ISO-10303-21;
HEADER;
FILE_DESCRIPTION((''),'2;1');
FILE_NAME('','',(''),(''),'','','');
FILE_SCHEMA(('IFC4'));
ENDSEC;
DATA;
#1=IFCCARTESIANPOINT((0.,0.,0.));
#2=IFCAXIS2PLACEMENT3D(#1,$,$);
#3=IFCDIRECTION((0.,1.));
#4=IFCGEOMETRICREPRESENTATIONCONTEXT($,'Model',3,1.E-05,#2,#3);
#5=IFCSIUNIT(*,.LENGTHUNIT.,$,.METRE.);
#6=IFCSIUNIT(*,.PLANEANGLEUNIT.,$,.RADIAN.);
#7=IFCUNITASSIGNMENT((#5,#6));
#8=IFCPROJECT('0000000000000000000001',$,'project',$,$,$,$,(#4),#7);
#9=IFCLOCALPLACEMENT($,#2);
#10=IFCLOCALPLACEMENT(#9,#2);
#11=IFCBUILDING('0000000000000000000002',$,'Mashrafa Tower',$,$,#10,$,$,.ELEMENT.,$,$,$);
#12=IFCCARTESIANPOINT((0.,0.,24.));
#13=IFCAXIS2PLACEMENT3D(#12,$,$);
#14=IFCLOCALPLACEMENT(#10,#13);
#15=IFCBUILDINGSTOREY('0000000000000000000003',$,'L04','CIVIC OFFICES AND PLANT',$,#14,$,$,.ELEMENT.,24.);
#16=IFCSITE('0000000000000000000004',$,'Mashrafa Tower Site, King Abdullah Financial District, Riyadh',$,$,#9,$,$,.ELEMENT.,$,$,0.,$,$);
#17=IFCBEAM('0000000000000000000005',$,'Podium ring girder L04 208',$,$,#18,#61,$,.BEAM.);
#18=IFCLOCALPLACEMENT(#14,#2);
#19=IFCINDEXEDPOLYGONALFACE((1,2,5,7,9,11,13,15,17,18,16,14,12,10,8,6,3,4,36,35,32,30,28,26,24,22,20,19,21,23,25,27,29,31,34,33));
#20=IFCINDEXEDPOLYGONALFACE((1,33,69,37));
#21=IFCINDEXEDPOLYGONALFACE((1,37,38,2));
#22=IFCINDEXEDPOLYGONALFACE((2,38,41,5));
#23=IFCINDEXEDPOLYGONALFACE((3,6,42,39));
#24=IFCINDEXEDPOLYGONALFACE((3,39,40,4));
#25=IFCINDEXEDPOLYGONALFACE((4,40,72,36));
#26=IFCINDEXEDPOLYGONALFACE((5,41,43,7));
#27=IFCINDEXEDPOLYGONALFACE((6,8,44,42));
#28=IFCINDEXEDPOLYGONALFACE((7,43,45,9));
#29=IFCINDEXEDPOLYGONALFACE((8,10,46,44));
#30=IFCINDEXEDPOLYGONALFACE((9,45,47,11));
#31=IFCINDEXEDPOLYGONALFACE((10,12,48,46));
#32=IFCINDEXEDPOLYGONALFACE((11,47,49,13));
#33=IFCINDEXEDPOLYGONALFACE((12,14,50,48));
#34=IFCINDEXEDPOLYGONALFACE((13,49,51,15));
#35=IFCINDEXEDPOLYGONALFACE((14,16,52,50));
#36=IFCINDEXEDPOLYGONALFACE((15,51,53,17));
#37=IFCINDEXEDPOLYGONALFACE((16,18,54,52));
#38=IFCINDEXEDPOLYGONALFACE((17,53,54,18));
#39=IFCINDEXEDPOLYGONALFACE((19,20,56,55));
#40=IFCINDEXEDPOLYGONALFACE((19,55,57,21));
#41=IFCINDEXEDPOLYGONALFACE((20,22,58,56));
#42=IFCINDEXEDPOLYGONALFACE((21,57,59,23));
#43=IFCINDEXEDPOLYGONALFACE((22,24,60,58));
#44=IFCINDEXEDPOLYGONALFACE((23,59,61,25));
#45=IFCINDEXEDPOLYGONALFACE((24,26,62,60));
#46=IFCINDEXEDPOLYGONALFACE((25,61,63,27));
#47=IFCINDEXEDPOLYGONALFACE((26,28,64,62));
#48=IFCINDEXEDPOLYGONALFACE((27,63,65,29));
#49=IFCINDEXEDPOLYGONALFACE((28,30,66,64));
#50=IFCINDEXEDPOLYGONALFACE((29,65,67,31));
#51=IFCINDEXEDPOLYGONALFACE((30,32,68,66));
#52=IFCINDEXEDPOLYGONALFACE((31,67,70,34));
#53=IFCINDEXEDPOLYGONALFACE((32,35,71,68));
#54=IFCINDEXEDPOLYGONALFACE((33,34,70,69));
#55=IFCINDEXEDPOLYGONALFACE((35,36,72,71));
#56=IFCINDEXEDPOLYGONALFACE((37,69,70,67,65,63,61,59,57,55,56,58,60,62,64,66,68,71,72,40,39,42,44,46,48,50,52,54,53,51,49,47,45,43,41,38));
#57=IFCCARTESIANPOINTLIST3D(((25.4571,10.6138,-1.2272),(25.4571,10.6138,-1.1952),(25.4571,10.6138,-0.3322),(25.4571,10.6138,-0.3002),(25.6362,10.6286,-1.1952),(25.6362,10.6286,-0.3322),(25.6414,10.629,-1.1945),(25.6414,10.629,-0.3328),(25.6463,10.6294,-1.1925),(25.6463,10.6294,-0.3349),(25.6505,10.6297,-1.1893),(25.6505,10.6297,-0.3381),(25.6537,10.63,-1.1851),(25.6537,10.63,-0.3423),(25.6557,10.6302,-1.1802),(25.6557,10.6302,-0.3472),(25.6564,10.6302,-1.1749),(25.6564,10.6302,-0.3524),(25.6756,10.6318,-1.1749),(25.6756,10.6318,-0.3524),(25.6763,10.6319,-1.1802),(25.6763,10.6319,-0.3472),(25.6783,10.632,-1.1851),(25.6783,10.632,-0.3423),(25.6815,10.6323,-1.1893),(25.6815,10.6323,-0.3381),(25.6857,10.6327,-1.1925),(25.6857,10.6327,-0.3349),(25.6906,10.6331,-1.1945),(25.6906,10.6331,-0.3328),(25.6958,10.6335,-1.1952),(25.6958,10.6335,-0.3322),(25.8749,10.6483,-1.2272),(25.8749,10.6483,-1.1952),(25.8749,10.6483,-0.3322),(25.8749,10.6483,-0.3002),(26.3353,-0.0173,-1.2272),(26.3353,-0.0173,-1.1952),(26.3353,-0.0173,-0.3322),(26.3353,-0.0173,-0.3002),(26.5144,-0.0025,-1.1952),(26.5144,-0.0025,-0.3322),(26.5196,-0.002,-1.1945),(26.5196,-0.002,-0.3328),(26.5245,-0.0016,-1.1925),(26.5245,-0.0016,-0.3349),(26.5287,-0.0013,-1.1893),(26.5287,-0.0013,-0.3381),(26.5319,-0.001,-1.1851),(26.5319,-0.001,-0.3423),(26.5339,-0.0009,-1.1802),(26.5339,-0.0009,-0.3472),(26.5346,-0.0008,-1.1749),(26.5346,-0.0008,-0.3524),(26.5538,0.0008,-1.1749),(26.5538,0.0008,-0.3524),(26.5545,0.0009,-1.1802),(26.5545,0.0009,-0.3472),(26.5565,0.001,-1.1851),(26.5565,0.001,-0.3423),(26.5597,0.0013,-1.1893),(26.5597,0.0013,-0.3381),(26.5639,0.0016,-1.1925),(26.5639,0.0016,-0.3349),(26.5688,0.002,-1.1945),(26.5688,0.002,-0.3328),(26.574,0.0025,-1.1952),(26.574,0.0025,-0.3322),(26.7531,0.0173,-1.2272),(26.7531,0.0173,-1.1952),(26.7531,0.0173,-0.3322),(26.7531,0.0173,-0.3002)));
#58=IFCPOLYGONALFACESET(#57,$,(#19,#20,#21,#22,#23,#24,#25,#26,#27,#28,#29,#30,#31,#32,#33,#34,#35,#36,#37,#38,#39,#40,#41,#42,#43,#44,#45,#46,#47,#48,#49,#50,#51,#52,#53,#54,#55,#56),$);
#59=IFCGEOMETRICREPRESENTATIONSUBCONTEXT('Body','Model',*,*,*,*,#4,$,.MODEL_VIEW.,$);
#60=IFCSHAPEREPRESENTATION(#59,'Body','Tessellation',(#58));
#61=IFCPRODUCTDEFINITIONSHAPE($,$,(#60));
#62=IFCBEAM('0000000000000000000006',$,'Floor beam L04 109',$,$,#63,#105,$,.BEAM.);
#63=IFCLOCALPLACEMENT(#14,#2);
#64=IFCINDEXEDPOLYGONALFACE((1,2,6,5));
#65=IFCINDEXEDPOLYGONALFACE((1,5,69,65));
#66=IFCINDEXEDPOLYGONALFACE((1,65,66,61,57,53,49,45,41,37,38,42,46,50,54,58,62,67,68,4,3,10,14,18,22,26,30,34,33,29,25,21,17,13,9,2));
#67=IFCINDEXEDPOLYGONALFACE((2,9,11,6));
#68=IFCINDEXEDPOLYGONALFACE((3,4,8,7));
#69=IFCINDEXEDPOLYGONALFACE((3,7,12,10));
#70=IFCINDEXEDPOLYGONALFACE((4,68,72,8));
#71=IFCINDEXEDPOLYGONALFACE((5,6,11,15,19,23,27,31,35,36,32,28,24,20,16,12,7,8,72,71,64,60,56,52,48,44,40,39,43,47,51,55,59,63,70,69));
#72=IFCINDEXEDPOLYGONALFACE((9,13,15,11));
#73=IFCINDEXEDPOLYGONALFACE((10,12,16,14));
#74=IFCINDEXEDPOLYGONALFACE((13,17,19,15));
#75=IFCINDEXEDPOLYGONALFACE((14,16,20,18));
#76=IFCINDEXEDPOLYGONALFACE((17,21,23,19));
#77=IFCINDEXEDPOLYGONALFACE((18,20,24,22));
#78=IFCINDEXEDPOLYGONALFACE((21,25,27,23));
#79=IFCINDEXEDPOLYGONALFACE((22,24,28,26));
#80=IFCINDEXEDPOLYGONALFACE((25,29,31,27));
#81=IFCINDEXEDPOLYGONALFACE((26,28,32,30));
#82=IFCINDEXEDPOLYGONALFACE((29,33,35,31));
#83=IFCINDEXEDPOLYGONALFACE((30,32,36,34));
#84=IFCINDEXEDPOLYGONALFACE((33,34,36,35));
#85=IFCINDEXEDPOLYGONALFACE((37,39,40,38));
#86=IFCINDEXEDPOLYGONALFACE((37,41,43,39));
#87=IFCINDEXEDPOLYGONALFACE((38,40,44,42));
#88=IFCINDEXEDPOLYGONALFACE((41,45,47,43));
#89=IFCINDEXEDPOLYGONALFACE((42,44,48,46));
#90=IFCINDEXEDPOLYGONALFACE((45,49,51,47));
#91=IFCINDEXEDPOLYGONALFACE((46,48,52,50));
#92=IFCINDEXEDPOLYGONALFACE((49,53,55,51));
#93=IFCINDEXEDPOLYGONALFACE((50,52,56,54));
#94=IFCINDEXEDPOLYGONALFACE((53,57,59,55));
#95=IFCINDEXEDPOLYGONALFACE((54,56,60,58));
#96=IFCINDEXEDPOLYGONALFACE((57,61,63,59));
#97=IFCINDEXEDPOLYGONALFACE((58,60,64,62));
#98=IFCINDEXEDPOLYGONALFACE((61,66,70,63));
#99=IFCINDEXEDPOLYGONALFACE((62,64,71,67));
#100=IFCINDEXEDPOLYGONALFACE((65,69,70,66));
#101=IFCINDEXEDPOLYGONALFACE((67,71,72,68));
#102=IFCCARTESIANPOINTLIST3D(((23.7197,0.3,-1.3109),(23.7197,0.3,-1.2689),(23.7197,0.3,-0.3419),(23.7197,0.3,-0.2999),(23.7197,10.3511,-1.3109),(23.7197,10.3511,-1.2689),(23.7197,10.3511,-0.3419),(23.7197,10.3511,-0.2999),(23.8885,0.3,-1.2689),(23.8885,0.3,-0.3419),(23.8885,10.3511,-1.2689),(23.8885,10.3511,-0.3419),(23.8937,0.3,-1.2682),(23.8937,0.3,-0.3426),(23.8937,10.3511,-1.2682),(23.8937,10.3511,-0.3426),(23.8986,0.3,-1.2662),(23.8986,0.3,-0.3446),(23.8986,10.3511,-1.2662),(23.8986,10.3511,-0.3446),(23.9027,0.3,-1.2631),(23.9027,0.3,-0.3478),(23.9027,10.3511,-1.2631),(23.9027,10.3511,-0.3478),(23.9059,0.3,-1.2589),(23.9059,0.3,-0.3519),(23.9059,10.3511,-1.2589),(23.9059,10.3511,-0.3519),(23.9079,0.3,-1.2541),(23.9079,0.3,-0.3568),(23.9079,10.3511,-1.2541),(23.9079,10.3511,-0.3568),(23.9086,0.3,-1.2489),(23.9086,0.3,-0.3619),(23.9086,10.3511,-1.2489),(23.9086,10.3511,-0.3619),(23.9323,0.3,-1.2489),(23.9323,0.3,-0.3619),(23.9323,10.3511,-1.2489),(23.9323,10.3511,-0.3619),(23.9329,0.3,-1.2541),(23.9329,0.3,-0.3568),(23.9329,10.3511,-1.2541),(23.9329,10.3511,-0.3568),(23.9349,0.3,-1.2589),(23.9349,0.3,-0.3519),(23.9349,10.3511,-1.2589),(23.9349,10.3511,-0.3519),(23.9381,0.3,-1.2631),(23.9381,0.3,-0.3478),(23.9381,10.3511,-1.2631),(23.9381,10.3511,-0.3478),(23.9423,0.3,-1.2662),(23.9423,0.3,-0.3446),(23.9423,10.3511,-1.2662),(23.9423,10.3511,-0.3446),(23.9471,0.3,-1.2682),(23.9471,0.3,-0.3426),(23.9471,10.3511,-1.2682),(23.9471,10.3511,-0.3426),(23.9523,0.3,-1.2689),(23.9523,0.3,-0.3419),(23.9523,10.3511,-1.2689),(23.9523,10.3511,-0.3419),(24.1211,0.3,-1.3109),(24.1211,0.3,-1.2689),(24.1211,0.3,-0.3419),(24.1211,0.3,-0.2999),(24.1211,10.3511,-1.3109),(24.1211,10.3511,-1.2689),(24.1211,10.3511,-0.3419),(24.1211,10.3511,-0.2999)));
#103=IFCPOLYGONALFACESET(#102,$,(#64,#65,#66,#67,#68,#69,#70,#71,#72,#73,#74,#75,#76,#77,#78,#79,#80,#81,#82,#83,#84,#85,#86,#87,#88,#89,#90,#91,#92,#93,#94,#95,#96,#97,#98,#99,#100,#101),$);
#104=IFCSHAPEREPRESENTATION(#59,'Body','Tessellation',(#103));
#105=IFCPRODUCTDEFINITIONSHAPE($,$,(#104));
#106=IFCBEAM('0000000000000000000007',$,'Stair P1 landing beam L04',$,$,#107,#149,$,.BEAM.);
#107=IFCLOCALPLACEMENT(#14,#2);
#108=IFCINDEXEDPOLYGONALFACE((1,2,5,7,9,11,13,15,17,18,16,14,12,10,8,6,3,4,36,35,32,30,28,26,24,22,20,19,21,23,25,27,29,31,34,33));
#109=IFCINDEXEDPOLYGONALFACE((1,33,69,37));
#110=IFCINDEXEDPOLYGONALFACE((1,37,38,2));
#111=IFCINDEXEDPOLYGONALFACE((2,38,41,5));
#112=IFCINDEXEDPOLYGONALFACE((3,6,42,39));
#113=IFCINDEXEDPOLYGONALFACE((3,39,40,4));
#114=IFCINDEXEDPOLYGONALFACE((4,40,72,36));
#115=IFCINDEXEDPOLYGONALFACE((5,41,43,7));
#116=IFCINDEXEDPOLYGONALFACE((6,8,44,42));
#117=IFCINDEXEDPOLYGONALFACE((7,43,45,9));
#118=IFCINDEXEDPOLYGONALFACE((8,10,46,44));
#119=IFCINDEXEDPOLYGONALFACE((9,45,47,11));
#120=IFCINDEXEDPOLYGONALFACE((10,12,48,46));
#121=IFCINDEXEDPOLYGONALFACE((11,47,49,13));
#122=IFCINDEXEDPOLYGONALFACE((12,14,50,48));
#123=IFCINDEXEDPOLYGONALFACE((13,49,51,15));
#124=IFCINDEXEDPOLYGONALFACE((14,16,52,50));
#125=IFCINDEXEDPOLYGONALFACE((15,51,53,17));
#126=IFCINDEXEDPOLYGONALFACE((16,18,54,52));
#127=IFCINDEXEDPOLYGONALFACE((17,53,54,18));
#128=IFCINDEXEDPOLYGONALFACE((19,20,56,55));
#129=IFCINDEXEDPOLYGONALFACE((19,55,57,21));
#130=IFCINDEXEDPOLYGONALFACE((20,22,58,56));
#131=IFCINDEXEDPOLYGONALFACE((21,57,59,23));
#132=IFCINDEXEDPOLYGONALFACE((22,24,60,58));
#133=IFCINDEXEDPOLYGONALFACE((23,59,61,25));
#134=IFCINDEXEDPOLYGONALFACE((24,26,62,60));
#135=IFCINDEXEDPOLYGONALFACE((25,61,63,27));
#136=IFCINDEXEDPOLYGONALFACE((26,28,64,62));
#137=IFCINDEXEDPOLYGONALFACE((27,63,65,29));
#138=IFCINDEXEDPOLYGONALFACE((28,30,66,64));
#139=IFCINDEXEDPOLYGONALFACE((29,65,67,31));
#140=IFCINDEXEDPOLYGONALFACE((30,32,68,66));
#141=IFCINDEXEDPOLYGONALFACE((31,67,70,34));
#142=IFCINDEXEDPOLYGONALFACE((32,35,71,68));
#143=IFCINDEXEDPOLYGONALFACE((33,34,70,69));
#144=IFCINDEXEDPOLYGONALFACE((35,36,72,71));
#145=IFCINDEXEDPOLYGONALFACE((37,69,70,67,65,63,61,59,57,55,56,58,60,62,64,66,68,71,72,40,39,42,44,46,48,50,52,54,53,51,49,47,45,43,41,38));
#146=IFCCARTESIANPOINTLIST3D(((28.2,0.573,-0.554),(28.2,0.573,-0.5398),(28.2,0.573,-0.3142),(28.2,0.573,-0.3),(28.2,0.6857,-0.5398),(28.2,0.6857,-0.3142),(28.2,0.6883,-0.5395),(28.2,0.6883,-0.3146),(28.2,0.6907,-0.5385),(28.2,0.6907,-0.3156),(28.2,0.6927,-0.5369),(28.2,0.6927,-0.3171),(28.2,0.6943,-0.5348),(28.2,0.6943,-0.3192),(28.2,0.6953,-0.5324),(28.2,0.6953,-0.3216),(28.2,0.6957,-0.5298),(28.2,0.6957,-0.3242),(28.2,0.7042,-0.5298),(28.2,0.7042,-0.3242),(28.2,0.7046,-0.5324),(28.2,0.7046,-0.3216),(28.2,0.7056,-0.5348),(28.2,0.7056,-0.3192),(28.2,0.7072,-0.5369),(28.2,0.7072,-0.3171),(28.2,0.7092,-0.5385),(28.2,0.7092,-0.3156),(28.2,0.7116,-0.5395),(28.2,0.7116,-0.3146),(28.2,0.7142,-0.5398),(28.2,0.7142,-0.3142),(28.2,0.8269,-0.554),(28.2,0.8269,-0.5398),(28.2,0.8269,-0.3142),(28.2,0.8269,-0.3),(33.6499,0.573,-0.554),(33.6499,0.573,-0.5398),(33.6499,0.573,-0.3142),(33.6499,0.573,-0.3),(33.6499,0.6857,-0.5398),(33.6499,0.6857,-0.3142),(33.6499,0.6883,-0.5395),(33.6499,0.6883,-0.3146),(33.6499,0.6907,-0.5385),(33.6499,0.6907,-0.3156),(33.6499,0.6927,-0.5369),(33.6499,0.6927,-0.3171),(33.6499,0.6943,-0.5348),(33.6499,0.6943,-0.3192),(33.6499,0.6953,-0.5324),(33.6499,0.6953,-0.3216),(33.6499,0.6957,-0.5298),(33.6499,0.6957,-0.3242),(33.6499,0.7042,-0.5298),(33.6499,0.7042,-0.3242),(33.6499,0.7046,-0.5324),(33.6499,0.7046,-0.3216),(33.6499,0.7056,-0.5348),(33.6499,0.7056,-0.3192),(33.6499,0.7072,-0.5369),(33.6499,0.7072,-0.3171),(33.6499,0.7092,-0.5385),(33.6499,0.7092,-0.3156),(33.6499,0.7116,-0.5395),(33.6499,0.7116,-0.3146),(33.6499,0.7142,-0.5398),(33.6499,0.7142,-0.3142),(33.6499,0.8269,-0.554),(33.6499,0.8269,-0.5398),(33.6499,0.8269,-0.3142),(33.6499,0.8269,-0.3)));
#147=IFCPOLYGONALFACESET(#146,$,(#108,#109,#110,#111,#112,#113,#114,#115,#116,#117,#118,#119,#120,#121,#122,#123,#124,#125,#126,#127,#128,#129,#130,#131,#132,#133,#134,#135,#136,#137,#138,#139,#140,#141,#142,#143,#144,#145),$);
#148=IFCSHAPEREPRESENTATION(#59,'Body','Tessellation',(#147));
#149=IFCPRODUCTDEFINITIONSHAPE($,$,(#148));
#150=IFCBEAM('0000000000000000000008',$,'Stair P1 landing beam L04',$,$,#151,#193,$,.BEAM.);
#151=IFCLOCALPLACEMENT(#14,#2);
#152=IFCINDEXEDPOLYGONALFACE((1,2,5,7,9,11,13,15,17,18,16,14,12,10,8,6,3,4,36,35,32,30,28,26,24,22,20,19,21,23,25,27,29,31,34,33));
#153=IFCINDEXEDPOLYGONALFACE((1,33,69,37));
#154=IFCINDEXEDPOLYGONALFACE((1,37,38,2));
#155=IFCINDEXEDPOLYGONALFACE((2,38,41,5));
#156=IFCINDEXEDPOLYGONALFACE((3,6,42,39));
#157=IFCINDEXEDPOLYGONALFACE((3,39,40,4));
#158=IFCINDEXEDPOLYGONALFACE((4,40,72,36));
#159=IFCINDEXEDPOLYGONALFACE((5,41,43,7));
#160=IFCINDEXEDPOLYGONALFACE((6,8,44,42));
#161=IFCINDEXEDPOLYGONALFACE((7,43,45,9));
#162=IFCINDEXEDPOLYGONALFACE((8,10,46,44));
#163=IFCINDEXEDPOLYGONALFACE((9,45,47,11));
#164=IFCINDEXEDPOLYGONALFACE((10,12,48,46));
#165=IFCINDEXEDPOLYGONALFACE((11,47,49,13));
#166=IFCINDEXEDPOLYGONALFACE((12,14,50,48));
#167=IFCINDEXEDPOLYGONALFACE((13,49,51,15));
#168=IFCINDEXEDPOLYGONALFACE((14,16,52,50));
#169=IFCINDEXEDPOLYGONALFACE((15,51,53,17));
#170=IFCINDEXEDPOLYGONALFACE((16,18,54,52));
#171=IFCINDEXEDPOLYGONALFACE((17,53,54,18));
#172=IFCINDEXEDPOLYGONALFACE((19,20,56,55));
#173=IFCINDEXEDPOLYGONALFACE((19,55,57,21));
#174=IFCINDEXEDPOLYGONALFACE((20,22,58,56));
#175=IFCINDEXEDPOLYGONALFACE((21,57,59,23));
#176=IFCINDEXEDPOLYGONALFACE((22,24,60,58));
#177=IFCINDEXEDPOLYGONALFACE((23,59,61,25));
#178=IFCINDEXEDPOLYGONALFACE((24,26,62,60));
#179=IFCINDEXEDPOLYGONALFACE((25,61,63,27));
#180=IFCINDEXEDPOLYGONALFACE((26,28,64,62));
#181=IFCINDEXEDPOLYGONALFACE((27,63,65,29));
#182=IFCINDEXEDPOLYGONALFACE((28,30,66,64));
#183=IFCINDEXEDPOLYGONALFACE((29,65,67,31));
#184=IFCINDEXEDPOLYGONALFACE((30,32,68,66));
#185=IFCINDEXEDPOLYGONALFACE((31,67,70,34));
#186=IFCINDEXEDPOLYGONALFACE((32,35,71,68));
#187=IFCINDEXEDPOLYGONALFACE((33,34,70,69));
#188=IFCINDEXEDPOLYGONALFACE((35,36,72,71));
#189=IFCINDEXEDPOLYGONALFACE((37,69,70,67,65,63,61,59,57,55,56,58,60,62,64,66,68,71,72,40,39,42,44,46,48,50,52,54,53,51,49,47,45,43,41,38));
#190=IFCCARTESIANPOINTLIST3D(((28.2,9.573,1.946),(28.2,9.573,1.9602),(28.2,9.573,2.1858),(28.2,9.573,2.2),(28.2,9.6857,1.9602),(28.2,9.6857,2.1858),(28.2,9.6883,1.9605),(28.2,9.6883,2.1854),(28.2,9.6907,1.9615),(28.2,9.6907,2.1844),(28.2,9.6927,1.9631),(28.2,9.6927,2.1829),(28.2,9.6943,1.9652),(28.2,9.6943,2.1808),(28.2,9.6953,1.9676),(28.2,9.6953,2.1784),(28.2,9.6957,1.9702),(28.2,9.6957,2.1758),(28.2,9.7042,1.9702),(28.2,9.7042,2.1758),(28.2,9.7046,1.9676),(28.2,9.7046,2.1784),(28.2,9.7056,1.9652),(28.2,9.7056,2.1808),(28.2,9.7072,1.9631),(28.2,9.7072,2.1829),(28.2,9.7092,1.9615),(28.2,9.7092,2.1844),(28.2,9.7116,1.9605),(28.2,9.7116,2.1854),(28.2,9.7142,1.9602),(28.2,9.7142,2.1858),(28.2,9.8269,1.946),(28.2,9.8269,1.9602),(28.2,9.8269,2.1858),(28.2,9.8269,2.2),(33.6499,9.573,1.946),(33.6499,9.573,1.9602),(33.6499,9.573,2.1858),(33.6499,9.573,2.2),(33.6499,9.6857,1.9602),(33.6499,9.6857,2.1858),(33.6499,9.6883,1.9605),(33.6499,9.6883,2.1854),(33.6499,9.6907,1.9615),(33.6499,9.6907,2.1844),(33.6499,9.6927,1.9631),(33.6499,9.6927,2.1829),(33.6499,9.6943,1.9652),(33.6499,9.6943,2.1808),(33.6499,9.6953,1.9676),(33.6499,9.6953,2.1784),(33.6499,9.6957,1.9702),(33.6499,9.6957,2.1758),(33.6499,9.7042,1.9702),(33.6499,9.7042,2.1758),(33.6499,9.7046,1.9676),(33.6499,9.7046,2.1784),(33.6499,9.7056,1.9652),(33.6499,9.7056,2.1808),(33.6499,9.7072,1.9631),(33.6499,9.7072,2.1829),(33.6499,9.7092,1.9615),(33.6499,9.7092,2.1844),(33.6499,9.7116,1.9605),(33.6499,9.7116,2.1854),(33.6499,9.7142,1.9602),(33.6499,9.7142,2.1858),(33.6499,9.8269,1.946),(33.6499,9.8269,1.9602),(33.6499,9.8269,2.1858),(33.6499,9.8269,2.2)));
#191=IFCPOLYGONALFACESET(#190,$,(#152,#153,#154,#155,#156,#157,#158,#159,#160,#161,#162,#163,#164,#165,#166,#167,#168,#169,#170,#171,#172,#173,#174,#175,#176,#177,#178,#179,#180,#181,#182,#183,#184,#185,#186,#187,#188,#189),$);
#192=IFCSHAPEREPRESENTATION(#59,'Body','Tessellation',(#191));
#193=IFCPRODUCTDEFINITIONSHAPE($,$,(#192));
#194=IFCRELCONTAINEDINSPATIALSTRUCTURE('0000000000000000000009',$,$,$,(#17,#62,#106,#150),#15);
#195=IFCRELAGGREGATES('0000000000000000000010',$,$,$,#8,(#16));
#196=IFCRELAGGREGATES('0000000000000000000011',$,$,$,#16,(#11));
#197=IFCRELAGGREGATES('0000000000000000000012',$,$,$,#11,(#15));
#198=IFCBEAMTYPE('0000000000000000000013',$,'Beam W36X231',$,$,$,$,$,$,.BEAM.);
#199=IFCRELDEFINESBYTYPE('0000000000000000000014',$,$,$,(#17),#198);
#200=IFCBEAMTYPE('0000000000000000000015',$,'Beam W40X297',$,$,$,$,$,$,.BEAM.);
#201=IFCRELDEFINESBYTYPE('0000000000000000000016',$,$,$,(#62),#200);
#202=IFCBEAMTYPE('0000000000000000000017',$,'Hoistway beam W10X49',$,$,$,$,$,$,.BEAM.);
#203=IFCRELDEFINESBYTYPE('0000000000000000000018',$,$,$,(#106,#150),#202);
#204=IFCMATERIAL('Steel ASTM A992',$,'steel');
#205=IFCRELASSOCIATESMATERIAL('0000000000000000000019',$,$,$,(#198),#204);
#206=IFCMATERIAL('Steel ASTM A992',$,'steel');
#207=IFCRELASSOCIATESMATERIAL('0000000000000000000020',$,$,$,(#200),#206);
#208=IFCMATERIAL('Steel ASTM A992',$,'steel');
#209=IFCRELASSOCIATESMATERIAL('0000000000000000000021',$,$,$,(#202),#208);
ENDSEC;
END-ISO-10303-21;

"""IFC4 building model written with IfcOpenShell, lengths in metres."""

from ifc_helpers import new_model, si_unit, direction, frame, origin, origin_2d, place, context, subcontext, project, spatial, i_section, extrude, material, material_profile, profile_set, type_object, element, save


model = new_model("IFC4")

# Units and contexts
model_context = context("Model", 3, precision=1e-05, world=origin(), true_north=direction((0.0, 1.0)))
body_context = subcontext(model_context, "Body", "Model", "MODEL_VIEW")
ifc_project = project(units=[si_unit("LENGTHUNIT", "METRE"), si_unit("PLANEANGLEUNIT", "RADIAN")], contexts=[model_context])

# Site, building, storey
site_placement = place(None, origin())
site = spatial("IfcSite", under=ifc_project, at=site_placement, Name="Mashrafa Tower Site, King Abdullah Financial District, Riyadh", CompositionType="ELEMENT", RefElevation=0.0)
building_placement = place(site_placement, origin())
building = spatial("IfcBuilding", under=site, at=building_placement, Name="Mashrafa Tower", CompositionType="ELEMENT")
storey_placement = place(building_placement, frame((0.0, 0.0, 24.0)))
storey = spatial("IfcBuildingStorey", under=building, at=storey_placement, Name="L04", Description="CIVIC OFFICES AND PLANT", CompositionType="ELEMENT", Elevation=24.0)

# Beams
ifc_material_1 = material(Name="Steel ASTM A992", Category="steel")
ifc_material_profile_1 = material_profile(ifc_material_1, i_section(OverallWidth=0.4192, OverallDepth=0.927, WebThickness=0.0193, FlangeThickness=0.032, FilletRadius=0.0203, at=origin_2d()), Name="W36X231")
ifc_profile_set_1 = profile_set([ifc_material_profile_1], Name="Steel ASTM A992")
beam_type_1 = type_object("IfcBeamType", Name="Beam W36X231", PredefinedType="BEAM", material=ifc_profile_set_1)
beam_1_placement = place(storey_placement, frame((26.5442, 0.0, -0.7637), z_axis=(-0.082324, 0.996606, 0.0), x_axis=(-0.996606, -0.082324, 0.0)))
element("IfcBeam", 1, at=beam_1_placement, inside=storey, type_object=beam_type_1, Name="Podium ring girder L04 208", PredefinedType="BEAM", context=body_context, shape_type="SweptSolid", body=[
    extrude(i_section(OverallWidth=0.4192, OverallDepth=0.927, WebThickness=0.0193, FlangeThickness=0.032, FilletRadius=0.0203, at=origin_2d()), origin(), (0.0, 0.0, 1.0), 10.6672),
])
ifc_material_2 = material(Name="Steel ASTM A992", Category="steel")
ifc_material_profile_2 = material_profile(ifc_material_2, i_section(OverallWidth=0.4014, OverallDepth=1.011, WebThickness=0.0237, FlangeThickness=0.042, FilletRadius=0.02, at=origin_2d()), Name="W40X297")
ifc_profile_set_2 = profile_set([ifc_material_profile_2], Name="Steel ASTM A992")
beam_type_2 = type_object("IfcBeamType", Name="Beam W40X297", PredefinedType="BEAM", material=ifc_profile_set_2)
beam_2_placement = place(storey_placement, frame((23.9204, 10.3511, -0.8054), z_axis=(0.0, -1.0, 0.0), x_axis=(1.0, 0.0, 0.0)))
element("IfcBeam", 2, at=beam_2_placement, inside=storey, type_object=beam_type_2, Name="Floor beam L04 109", PredefinedType="BEAM", context=body_context, shape_type="SweptSolid", body=[
    extrude(i_section(OverallWidth=0.4014, OverallDepth=1.011, WebThickness=0.0237, FlangeThickness=0.042, FilletRadius=0.02, at=origin_2d()), origin(), (0.0, 0.0, 1.0), 10.051),
])
ifc_material_3 = material(Name="Steel ASTM A992", Category="steel")
ifc_material_profile_3 = material_profile(ifc_material_3, i_section(OverallWidth=0.2539, OverallDepth=0.2539, WebThickness=0.0085, FlangeThickness=0.0142, FilletRadius=0.01, at=origin_2d()), Name="W10X49")
ifc_profile_set_3 = profile_set([ifc_material_profile_3], Name="Steel ASTM A992")
beam_type_3 = type_object("IfcBeamType", Name="Hoistway beam W10X49", PredefinedType="BEAM", material=ifc_profile_set_3)
for number, where, z_axis, x_axis, name in (
    (3, (28.2, 0.7, -0.427), (1.0, 0.0, 0.0), (0.0, 1.0, 0.0), "Stair P1 landing beam L04"),
    (4, (28.2, 9.7, 2.073), (1.0, 0.0, 0.0), (0.0, 1.0, 0.0), "Stair P1 landing beam L04"),
):
    element("IfcBeam", number, at=place(storey_placement, frame(where, z_axis=z_axis, x_axis=x_axis)), inside=storey, type_object=beam_type_3, Name=name, PredefinedType="BEAM", context=body_context, shape_type="SweptSolid", body=[
        extrude(i_section(OverallWidth=0.2539, OverallDepth=0.2539, WebThickness=0.0085, FlangeThickness=0.0142, FilletRadius=0.01, at=origin_2d()), origin(), (0.0, 0.0, 1.0), 5.45),
    ])

save(model, "model.ifc")
